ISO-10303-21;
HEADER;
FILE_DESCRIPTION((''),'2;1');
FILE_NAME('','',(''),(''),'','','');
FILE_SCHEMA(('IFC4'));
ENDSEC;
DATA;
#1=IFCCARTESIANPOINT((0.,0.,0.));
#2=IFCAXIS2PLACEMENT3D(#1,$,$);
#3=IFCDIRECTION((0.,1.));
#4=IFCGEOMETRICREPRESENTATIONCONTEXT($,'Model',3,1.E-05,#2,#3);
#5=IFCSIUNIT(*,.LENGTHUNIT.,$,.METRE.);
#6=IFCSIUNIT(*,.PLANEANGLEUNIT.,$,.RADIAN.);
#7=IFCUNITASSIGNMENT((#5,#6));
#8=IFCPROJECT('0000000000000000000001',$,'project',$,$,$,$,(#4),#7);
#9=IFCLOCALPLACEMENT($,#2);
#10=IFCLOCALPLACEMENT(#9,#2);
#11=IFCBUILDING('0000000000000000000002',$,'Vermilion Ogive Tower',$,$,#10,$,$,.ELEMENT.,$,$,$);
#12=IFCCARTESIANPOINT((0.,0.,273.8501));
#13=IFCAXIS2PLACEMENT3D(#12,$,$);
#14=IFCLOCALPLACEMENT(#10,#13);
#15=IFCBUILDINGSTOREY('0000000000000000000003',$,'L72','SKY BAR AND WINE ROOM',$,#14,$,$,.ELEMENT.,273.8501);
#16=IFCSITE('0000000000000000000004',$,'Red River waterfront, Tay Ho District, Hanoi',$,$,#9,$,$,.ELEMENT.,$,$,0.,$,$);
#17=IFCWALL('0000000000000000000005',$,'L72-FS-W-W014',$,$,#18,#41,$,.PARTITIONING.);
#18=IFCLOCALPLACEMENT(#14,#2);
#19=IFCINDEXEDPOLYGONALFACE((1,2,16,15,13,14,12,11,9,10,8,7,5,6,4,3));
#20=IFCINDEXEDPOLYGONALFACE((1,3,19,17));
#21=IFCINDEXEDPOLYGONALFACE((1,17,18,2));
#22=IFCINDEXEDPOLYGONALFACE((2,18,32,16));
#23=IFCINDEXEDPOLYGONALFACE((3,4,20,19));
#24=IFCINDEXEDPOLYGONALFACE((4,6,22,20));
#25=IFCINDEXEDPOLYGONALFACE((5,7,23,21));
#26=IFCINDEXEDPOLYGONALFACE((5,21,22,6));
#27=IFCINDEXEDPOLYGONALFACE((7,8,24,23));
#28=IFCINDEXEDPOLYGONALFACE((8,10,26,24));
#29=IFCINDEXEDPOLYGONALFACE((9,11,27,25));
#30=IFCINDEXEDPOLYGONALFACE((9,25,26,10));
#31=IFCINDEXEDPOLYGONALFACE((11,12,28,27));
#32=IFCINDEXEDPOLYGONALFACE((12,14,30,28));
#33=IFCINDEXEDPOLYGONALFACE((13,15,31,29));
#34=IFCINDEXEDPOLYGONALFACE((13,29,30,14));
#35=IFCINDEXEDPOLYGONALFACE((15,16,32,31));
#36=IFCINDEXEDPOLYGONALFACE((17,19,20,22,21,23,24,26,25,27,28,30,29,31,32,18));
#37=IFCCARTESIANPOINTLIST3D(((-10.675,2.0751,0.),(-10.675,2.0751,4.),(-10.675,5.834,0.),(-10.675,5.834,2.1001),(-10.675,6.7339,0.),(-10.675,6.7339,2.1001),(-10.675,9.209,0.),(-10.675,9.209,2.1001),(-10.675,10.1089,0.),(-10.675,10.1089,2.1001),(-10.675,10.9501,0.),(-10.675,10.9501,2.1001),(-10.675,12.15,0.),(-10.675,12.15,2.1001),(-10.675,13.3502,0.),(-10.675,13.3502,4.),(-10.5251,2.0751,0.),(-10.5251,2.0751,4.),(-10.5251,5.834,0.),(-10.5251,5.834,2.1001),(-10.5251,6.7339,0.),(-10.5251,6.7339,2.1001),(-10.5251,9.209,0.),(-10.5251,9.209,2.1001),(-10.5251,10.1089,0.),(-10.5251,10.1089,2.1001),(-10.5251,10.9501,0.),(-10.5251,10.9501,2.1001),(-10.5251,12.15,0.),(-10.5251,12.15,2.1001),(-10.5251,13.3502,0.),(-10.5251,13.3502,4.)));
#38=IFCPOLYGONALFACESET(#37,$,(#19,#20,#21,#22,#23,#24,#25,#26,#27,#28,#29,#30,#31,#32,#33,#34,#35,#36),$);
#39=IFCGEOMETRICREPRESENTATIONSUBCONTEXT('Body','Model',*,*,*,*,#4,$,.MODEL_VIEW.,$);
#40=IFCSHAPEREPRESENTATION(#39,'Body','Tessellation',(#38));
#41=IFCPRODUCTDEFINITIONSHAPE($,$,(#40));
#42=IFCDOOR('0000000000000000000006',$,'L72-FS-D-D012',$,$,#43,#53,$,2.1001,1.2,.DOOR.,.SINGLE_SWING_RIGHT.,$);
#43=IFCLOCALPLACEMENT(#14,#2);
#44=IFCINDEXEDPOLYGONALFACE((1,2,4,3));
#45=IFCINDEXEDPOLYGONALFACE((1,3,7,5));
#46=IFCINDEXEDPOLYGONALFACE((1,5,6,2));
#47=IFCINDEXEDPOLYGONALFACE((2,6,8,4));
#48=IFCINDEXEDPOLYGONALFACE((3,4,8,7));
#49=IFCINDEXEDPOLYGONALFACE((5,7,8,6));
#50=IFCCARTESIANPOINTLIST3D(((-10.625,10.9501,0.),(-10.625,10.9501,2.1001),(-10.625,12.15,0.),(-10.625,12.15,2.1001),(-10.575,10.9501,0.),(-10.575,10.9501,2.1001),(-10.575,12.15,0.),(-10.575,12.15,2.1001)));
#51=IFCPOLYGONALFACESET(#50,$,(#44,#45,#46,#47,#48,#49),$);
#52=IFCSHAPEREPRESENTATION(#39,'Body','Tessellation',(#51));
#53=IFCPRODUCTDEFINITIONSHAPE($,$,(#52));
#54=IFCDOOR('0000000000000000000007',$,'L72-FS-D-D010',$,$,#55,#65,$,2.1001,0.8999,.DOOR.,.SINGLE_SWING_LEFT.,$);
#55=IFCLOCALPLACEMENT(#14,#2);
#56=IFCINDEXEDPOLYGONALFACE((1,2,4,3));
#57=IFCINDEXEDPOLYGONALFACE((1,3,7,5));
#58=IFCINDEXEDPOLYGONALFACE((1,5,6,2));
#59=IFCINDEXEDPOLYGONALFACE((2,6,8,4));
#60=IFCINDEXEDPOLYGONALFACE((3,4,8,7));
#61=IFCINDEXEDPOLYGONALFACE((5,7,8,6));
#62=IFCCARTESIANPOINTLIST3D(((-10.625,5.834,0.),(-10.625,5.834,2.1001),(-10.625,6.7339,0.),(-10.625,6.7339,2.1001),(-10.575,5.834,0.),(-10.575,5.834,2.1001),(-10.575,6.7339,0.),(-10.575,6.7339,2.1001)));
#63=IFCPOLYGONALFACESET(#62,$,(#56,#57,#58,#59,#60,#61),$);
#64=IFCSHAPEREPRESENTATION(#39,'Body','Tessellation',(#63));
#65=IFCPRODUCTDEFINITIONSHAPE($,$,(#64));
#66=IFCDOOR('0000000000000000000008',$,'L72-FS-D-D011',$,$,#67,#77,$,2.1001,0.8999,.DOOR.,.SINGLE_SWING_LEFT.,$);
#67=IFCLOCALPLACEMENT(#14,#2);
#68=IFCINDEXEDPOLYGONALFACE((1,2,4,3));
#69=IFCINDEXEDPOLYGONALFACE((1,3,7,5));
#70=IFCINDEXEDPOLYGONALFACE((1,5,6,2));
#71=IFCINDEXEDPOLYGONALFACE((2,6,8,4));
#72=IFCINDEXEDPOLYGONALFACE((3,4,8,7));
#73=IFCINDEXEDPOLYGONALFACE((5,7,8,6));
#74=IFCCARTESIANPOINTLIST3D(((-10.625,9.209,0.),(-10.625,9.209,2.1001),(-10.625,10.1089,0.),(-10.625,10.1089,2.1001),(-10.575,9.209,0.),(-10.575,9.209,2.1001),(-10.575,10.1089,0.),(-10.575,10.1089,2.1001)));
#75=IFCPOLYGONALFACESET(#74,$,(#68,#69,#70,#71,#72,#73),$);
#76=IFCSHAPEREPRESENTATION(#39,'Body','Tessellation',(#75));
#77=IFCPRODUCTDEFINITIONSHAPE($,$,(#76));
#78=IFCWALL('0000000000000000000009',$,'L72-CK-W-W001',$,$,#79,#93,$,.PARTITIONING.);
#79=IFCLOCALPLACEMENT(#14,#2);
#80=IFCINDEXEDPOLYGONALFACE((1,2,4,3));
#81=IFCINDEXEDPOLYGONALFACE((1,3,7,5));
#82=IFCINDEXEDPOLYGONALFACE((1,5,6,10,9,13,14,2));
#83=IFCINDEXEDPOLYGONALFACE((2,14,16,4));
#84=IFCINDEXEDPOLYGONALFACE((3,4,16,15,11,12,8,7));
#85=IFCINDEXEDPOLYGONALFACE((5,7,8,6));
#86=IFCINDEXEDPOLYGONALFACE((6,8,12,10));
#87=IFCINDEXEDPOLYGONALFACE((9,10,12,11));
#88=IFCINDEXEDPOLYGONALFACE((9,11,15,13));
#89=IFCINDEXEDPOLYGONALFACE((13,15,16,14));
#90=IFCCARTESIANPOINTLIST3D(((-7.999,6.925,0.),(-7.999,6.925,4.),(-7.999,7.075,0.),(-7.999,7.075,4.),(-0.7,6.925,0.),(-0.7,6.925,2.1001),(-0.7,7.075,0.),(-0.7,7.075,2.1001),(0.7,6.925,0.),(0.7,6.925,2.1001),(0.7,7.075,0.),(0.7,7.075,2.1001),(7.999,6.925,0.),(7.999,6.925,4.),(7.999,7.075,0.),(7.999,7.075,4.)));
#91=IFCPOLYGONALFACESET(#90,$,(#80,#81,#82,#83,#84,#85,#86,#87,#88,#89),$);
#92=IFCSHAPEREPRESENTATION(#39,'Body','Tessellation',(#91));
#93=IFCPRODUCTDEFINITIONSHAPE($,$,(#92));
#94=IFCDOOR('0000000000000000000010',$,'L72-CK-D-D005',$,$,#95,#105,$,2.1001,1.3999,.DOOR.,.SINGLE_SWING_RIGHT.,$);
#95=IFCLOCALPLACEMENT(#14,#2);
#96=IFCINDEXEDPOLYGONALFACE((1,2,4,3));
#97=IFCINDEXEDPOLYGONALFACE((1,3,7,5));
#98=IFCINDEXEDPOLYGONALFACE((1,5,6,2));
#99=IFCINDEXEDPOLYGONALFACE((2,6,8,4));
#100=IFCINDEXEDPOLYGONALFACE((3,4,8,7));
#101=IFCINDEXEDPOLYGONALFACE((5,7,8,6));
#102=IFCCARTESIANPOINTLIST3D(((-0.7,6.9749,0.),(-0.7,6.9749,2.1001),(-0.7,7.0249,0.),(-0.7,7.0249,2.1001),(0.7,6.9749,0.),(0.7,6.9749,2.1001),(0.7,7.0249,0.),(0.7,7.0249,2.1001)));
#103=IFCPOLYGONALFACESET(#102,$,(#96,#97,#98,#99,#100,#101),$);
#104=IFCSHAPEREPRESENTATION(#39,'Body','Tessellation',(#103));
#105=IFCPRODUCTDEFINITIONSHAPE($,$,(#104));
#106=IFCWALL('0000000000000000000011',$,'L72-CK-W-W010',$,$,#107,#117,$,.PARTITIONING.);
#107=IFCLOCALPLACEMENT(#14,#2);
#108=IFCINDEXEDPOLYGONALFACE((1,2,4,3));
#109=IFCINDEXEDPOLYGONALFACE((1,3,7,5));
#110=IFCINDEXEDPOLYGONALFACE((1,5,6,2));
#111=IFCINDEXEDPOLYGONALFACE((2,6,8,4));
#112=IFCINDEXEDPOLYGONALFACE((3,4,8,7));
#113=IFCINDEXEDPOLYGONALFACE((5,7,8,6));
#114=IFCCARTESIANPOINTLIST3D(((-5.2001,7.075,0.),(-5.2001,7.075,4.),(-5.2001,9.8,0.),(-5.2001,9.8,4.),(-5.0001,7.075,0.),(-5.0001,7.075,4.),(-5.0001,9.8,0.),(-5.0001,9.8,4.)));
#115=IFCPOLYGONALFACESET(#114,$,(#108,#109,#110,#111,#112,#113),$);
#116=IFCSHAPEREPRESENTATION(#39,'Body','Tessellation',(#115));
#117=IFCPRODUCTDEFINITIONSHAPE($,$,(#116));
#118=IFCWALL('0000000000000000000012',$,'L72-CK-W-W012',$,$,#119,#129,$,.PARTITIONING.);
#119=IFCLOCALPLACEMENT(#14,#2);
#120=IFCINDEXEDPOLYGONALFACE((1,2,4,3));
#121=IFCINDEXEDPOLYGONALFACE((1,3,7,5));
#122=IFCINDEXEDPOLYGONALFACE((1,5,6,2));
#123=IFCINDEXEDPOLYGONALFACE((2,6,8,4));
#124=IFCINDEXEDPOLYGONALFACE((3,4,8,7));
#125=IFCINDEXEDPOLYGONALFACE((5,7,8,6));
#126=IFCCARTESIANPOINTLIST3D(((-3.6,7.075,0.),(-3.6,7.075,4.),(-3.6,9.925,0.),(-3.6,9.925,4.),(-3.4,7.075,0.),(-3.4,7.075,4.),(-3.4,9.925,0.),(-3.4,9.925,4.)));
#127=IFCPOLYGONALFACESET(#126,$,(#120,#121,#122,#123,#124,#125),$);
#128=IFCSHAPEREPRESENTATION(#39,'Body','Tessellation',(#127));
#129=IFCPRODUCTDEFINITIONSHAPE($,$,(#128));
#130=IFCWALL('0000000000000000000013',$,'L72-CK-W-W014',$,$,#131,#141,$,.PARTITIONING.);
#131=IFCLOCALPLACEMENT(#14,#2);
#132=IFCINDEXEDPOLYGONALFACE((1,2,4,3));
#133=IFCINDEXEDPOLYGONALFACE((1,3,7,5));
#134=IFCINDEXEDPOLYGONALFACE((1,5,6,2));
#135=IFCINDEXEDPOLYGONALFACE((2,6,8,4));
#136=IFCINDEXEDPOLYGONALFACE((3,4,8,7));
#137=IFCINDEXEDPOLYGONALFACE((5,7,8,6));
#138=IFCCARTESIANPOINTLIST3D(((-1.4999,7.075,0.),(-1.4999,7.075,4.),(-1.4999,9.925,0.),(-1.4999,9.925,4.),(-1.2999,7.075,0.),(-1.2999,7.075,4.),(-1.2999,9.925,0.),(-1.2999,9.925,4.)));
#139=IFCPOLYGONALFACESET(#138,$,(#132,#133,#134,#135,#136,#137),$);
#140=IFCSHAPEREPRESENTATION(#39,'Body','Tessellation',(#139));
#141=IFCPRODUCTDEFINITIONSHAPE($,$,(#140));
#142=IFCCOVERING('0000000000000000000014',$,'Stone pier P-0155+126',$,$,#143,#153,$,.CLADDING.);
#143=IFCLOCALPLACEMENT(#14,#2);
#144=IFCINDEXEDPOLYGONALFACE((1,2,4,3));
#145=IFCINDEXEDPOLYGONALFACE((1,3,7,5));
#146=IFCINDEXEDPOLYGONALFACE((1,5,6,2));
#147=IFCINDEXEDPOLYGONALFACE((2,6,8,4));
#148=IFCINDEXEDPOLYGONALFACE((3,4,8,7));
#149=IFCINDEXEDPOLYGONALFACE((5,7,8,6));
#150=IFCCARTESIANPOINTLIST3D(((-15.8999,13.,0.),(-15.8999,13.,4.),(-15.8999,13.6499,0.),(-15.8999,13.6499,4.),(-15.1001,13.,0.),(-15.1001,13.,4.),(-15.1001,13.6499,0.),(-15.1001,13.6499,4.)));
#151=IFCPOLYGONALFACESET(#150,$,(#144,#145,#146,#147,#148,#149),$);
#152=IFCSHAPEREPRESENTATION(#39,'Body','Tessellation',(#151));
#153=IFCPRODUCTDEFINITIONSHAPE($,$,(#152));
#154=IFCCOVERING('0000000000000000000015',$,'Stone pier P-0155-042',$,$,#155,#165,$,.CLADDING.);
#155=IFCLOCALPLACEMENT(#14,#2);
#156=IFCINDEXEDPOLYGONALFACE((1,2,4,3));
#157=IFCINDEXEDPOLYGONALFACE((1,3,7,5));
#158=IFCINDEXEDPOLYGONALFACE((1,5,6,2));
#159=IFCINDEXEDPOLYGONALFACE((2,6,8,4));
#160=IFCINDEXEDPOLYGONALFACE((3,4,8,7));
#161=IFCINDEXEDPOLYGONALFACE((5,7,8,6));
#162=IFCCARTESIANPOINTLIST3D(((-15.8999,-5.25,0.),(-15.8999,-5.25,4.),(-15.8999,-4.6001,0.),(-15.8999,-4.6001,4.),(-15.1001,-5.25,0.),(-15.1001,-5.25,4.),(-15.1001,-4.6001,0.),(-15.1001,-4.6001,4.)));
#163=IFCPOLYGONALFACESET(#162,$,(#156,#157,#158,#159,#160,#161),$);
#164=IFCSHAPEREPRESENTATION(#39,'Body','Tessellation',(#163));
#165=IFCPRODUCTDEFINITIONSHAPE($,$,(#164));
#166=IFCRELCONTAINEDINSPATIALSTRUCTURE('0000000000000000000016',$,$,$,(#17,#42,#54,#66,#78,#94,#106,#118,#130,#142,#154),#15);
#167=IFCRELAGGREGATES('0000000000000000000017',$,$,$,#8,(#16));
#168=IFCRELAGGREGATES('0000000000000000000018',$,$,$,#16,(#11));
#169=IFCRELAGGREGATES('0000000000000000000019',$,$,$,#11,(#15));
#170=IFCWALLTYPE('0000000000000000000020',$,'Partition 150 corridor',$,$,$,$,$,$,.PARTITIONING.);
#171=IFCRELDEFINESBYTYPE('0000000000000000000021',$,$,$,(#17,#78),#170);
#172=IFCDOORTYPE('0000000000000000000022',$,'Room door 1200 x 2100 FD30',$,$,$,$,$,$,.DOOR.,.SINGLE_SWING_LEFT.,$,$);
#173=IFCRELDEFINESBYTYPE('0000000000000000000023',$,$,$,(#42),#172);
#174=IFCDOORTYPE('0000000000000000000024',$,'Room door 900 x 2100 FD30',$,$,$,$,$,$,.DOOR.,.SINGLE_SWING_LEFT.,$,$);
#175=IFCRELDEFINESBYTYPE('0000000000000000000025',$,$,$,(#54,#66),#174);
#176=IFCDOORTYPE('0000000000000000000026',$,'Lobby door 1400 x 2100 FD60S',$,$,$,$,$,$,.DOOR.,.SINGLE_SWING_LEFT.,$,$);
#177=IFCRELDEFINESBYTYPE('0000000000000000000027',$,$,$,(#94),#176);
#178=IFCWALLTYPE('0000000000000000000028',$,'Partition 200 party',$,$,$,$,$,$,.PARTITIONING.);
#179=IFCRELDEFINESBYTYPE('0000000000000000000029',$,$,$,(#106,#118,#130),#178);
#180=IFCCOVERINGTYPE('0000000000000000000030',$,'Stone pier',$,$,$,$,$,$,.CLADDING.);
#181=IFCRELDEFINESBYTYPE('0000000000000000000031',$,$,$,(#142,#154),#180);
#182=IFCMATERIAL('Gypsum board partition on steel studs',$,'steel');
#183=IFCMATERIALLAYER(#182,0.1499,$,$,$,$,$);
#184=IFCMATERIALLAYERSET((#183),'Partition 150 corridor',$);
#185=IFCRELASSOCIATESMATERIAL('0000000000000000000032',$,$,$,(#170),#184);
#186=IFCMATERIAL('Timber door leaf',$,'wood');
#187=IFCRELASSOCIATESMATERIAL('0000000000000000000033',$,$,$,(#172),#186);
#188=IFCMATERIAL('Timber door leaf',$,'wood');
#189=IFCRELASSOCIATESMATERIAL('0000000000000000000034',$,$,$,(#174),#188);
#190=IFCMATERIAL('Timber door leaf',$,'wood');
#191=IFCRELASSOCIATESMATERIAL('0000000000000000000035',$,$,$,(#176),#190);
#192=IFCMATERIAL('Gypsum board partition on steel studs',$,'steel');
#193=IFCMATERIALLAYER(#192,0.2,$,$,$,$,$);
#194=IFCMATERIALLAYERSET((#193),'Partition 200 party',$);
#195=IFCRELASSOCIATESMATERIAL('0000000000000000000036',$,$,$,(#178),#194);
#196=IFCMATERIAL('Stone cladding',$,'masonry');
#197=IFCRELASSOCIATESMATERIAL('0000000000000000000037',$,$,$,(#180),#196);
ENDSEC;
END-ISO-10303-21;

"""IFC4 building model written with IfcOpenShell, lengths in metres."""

from ifc_helpers import new_model, si_unit, direction, frame, frame_2d, origin, place, context, subcontext, project, spatial, polyline, rectangle, outline, extrude, material, layer, layer_set, type_object, element, fill, save


model = new_model("IFC4")

# Units and contexts
model_context = context("Model", 3, precision=1e-05, world=origin(), true_north=direction((0.0, 1.0)))
body_context = subcontext(model_context, "Body", "Model", "MODEL_VIEW")
ifc_project = project(units=[si_unit("LENGTHUNIT", "METRE"), si_unit("PLANEANGLEUNIT", "RADIAN")], contexts=[model_context])

# Site, building, storey
site_placement = place(None, origin())
site = spatial("IfcSite", under=ifc_project, at=site_placement, Name="Red River waterfront, Tay Ho District, Hanoi", CompositionType="ELEMENT", RefElevation=0.0)
building_placement = place(site_placement, origin())
building = spatial("IfcBuilding", under=site, at=building_placement, Name="Vermilion Ogive Tower", CompositionType="ELEMENT")
storey_placement = place(building_placement, frame((0.0, 0.0, 273.8501)))
storey = spatial("IfcBuildingStorey", under=building, at=storey_placement, Name="L72", Description="SKY BAR AND WINE ROOM", CompositionType="ELEMENT", Elevation=273.8501)

# Shared definitions
ifc_material_1 = material(Name="Gypsum board partition on steel studs", Category="steel")
ifc_layer_1 = layer(ifc_material_1, 0.1499)
ifc_layer_set_1 = layer_set([ifc_layer_1], Name="Partition 150 corridor")
wall_type_1 = type_object("IfcWallType", Name="Partition 150 corridor", PredefinedType="PARTITIONING", material=ifc_layer_set_1)

# Wall, openings, doors
wall_1_placement = place(storey_placement, frame((-10.6001, 2.075, 0.0), z_axis=(0.0, 0.0, 1.0), x_axis=(0.0, 1.0, 0.0)))
wall_1 = element("IfcWall", 1, at=wall_1_placement, inside=storey, type_object=wall_type_1, Name="L72-FS-W-W014", PredefinedType="PARTITIONING", context=body_context, shape_type="SweptSolid", body=[
    extrude(rectangle(XDim=11.2751, YDim=0.1499, at=frame_2d((5.6377, 0.0))), origin(), (0.0, 0.0, 1.0), 4.0),
])
opening_1_placement = place(wall_1_placement, frame((3.759, 0.0, 0.0)))
opening_1 = element("IfcOpeningElement", 2, at=opening_1_placement, cuts=wall_1, PredefinedType="OPENING", context=body_context, shape_type="SweptSolid", body=[
    extrude(rectangle(XDim=0.8999, YDim=2.1001, at=frame_2d((0.45, 1.05))), frame((0.0, 0.085, 0.0), z_axis=(0.0, -1.0, 0.0), x_axis=(1.0, 0.0, 0.0)), (0.0, 0.0, 1.0), 0.1699),
])
opening_2_placement = place(wall_1_placement, frame((7.134, 0.0, 0.0)))
opening_2 = element("IfcOpeningElement", 3, at=opening_2_placement, cuts=wall_1, PredefinedType="OPENING", context=body_context, shape_type="SweptSolid", body=[
    extrude(rectangle(XDim=0.8999, YDim=2.1001, at=frame_2d((0.45, 1.05))), frame((0.0, 0.085, 0.0), z_axis=(0.0, -1.0, 0.0), x_axis=(1.0, 0.0, 0.0)), (0.0, 0.0, 1.0), 0.1699),
])
opening_3_placement = place(wall_1_placement, frame((8.875, 0.0, 0.0)))
opening_3 = element("IfcOpeningElement", 4, at=opening_3_placement, cuts=wall_1, PredefinedType="OPENING", context=body_context, shape_type="SweptSolid", body=[
    extrude(rectangle(XDim=1.2, YDim=2.1001, at=frame_2d((0.6001, 1.05))), frame((0.0, 0.085, 0.0), z_axis=(0.0, -1.0, 0.0), x_axis=(1.0, 0.0, 0.0)), (0.0, 0.0, 1.0), 0.1699),
])
ifc_material_2 = material(Name="Timber door leaf", Category="wood")
door_type_1 = type_object("IfcDoorType", Name="Room door 1200 x 2100 FD30", OperationType="SINGLE_SWING_LEFT", PredefinedType="DOOR", material=ifc_material_2)
door_1_placement = place(opening_3_placement, origin())
door_1 = element("IfcDoor", 5, at=door_1_placement, inside=storey, type_object=door_type_1, Name="L72-FS-D-D012", OperationType="SINGLE_SWING_RIGHT", OverallHeight=2.1001, OverallWidth=1.2, PredefinedType="DOOR", context=body_context, shape_type="SweptSolid", body=[
    extrude(rectangle(XDim=1.2, YDim=2.1001, at=frame_2d((0.6001, 1.05))), frame((0.0, 0.0249, 0.0), z_axis=(0.0, -1.0, 0.0), x_axis=(1.0, 0.0, 0.0)), (0.0, 0.0, 1.0), 0.05),
])
fill(opening_3, door_1)
ifc_material_3 = material(Name="Timber door leaf", Category="wood")
door_type_2 = type_object("IfcDoorType", Name="Room door 900 x 2100 FD30", OperationType="SINGLE_SWING_LEFT", PredefinedType="DOOR", material=ifc_material_3)
door_2_placement = place(opening_1_placement, origin())
door_2 = element("IfcDoor", 6, at=door_2_placement, inside=storey, type_object=door_type_2, Name="L72-FS-D-D010", OperationType="SINGLE_SWING_LEFT", OverallHeight=2.1001, OverallWidth=0.8999, PredefinedType="DOOR", context=body_context, shape_type="SweptSolid", body=[
    extrude(rectangle(XDim=0.8999, YDim=2.1001, at=frame_2d((0.45, 1.05))), frame((0.0, 0.0249, 0.0), z_axis=(0.0, -1.0, 0.0), x_axis=(1.0, 0.0, 0.0)), (0.0, 0.0, 1.0), 0.05),
])
fill(opening_1, door_2)
door_3_placement = place(opening_2_placement, origin())
door_3 = element("IfcDoor", 7, at=door_3_placement, inside=storey, type_object=door_type_2, Name="L72-FS-D-D011", OperationType="SINGLE_SWING_LEFT", OverallHeight=2.1001, OverallWidth=0.8999, PredefinedType="DOOR", context=body_context, shape_type="SweptSolid", body=[
    extrude(rectangle(XDim=0.8999, YDim=2.1001, at=frame_2d((0.45, 1.05))), frame((0.0, 0.0249, 0.0), z_axis=(0.0, -1.0, 0.0), x_axis=(1.0, 0.0, 0.0)), (0.0, 0.0, 1.0), 0.05),
])
fill(opening_2, door_3)

# Wall, opening, door
wall_2_placement = place(storey_placement, frame((-7.999, 7.0, 0.0), z_axis=(0.0, 0.0, 1.0), x_axis=(1.0, 0.0, 0.0)))
wall_2 = element("IfcWall", 8, at=wall_2_placement, inside=storey, type_object=wall_type_1, Name="L72-CK-W-W001", PredefinedType="PARTITIONING", context=body_context, shape_type="SweptSolid", body=[
    extrude(rectangle(XDim=15.998, YDim=0.1499, at=frame_2d((7.999, 0.0))), origin(), (0.0, 0.0, 1.0), 4.0),
])
opening_4_placement = place(wall_2_placement, frame((7.2991, 0.0, 0.0)))
opening_4 = element("IfcOpeningElement", 9, at=opening_4_placement, cuts=wall_2, PredefinedType="OPENING", context=body_context, shape_type="SweptSolid", body=[
    extrude(rectangle(XDim=1.3999, YDim=2.1001, at=frame_2d((0.7, 1.05))), frame((0.0, 0.085, 0.0), z_axis=(0.0, -1.0, 0.0), x_axis=(1.0, 0.0, 0.0)), (0.0, 0.0, 1.0), 0.1699),
])
ifc_material_4 = material(Name="Timber door leaf", Category="wood")
door_type_3 = type_object("IfcDoorType", Name="Lobby door 1400 x 2100 FD60S", OperationType="SINGLE_SWING_LEFT", PredefinedType="DOOR", material=ifc_material_4)
door_4_placement = place(opening_4_placement, origin())
door_4 = element("IfcDoor", 10, at=door_4_placement, inside=storey, type_object=door_type_3, Name="L72-CK-D-D005", OperationType="SINGLE_SWING_RIGHT", OverallHeight=2.1001, OverallWidth=1.3999, PredefinedType="DOOR", context=body_context, shape_type="SweptSolid", body=[
    extrude(rectangle(XDim=1.3999, YDim=2.1001, at=frame_2d((0.7, 1.05))), frame((0.0, 0.0249, 0.0), z_axis=(0.0, -1.0, 0.0), x_axis=(1.0, 0.0, 0.0)), (0.0, 0.0, 1.0), 0.05),
])
fill(opening_4, door_4)

# Walls
ifc_material_5 = material(Name="Gypsum board partition on steel studs", Category="steel")
ifc_layer_2 = layer(ifc_material_5, 0.2)
ifc_layer_set_2 = layer_set([ifc_layer_2], Name="Partition 200 party")
wall_type_2 = type_object("IfcWallType", Name="Partition 200 party", PredefinedType="PARTITIONING", material=ifc_layer_set_2)
wall_3_placement = place(storey_placement, frame((-5.1001, 7.075, 0.0), z_axis=(0.0, 0.0, 1.0), x_axis=(0.0, 1.0, 0.0)))
element("IfcWall", 11, at=wall_3_placement, inside=storey, type_object=wall_type_2, Name="L72-CK-W-W010", PredefinedType="PARTITIONING", context=body_context, shape_type="SweptSolid", body=[
    extrude(rectangle(XDim=2.7251, YDim=0.2, at=frame_2d((1.3625, 0.0))), origin(), (0.0, 0.0, 1.0), 4.0),
])
for number, where, z_axis, x_axis, name in (
    (12, (-3.5, 7.075, 0.0), (0.0, 0.0, 1.0), (0.0, 1.0, 0.0), "L72-CK-W-W012"),
    (13, (-1.3999, 7.075, 0.0), (0.0, 0.0, 1.0), (0.0, 1.0, 0.0), "L72-CK-W-W014"),
):
    element("IfcWall", number, at=place(storey_placement, frame(where, z_axis=z_axis, x_axis=x_axis)), inside=storey, type_object=wall_type_2, Name=name, PredefinedType="PARTITIONING", context=body_context, shape_type="SweptSolid", body=[
        extrude(rectangle(XDim=2.8501, YDim=0.2, at=frame_2d((1.425, 0.0))), origin(), (0.0, 0.0, 1.0), 4.0),
    ])

# Coverings
ifc_material_6 = material(Name="Stone cladding", Category="masonry")
covering_type = type_object("IfcCoveringType", Name="Stone pier", PredefinedType="CLADDING", material=ifc_material_6)
covering_1_placement = place(storey_placement, origin())
element("IfcCovering", 14, at=covering_1_placement, inside=storey, type_object=covering_type, Name="Stone pier P-0155+126", PredefinedType="CLADDING", context=body_context, shape_type="SweptSolid", body=[
    extrude(outline(polyline([(-15.8999, 13.6499), (-15.1001, 13.6499), (-15.1001, 13.0), (-15.8999, 13.0), (-15.8999, 13.6499)])), origin(), (0.0, 0.0, 1.0), 4.0),
])
covering_2_placement = place(storey_placement, origin())
element("IfcCovering", 15, at=covering_2_placement, inside=storey, type_object=covering_type, Name="Stone pier P-0155-042", PredefinedType="CLADDING", context=body_context, shape_type="SweptSolid", body=[
    extrude(outline(polyline([(-15.1001, -5.25), (-15.8999, -5.25), (-15.8999, -4.6001), (-15.1001, -4.6001), (-15.1001, -5.25)])), origin(), (0.0, 0.0, 1.0), 4.0),
])

save(model, "model.ifc")
